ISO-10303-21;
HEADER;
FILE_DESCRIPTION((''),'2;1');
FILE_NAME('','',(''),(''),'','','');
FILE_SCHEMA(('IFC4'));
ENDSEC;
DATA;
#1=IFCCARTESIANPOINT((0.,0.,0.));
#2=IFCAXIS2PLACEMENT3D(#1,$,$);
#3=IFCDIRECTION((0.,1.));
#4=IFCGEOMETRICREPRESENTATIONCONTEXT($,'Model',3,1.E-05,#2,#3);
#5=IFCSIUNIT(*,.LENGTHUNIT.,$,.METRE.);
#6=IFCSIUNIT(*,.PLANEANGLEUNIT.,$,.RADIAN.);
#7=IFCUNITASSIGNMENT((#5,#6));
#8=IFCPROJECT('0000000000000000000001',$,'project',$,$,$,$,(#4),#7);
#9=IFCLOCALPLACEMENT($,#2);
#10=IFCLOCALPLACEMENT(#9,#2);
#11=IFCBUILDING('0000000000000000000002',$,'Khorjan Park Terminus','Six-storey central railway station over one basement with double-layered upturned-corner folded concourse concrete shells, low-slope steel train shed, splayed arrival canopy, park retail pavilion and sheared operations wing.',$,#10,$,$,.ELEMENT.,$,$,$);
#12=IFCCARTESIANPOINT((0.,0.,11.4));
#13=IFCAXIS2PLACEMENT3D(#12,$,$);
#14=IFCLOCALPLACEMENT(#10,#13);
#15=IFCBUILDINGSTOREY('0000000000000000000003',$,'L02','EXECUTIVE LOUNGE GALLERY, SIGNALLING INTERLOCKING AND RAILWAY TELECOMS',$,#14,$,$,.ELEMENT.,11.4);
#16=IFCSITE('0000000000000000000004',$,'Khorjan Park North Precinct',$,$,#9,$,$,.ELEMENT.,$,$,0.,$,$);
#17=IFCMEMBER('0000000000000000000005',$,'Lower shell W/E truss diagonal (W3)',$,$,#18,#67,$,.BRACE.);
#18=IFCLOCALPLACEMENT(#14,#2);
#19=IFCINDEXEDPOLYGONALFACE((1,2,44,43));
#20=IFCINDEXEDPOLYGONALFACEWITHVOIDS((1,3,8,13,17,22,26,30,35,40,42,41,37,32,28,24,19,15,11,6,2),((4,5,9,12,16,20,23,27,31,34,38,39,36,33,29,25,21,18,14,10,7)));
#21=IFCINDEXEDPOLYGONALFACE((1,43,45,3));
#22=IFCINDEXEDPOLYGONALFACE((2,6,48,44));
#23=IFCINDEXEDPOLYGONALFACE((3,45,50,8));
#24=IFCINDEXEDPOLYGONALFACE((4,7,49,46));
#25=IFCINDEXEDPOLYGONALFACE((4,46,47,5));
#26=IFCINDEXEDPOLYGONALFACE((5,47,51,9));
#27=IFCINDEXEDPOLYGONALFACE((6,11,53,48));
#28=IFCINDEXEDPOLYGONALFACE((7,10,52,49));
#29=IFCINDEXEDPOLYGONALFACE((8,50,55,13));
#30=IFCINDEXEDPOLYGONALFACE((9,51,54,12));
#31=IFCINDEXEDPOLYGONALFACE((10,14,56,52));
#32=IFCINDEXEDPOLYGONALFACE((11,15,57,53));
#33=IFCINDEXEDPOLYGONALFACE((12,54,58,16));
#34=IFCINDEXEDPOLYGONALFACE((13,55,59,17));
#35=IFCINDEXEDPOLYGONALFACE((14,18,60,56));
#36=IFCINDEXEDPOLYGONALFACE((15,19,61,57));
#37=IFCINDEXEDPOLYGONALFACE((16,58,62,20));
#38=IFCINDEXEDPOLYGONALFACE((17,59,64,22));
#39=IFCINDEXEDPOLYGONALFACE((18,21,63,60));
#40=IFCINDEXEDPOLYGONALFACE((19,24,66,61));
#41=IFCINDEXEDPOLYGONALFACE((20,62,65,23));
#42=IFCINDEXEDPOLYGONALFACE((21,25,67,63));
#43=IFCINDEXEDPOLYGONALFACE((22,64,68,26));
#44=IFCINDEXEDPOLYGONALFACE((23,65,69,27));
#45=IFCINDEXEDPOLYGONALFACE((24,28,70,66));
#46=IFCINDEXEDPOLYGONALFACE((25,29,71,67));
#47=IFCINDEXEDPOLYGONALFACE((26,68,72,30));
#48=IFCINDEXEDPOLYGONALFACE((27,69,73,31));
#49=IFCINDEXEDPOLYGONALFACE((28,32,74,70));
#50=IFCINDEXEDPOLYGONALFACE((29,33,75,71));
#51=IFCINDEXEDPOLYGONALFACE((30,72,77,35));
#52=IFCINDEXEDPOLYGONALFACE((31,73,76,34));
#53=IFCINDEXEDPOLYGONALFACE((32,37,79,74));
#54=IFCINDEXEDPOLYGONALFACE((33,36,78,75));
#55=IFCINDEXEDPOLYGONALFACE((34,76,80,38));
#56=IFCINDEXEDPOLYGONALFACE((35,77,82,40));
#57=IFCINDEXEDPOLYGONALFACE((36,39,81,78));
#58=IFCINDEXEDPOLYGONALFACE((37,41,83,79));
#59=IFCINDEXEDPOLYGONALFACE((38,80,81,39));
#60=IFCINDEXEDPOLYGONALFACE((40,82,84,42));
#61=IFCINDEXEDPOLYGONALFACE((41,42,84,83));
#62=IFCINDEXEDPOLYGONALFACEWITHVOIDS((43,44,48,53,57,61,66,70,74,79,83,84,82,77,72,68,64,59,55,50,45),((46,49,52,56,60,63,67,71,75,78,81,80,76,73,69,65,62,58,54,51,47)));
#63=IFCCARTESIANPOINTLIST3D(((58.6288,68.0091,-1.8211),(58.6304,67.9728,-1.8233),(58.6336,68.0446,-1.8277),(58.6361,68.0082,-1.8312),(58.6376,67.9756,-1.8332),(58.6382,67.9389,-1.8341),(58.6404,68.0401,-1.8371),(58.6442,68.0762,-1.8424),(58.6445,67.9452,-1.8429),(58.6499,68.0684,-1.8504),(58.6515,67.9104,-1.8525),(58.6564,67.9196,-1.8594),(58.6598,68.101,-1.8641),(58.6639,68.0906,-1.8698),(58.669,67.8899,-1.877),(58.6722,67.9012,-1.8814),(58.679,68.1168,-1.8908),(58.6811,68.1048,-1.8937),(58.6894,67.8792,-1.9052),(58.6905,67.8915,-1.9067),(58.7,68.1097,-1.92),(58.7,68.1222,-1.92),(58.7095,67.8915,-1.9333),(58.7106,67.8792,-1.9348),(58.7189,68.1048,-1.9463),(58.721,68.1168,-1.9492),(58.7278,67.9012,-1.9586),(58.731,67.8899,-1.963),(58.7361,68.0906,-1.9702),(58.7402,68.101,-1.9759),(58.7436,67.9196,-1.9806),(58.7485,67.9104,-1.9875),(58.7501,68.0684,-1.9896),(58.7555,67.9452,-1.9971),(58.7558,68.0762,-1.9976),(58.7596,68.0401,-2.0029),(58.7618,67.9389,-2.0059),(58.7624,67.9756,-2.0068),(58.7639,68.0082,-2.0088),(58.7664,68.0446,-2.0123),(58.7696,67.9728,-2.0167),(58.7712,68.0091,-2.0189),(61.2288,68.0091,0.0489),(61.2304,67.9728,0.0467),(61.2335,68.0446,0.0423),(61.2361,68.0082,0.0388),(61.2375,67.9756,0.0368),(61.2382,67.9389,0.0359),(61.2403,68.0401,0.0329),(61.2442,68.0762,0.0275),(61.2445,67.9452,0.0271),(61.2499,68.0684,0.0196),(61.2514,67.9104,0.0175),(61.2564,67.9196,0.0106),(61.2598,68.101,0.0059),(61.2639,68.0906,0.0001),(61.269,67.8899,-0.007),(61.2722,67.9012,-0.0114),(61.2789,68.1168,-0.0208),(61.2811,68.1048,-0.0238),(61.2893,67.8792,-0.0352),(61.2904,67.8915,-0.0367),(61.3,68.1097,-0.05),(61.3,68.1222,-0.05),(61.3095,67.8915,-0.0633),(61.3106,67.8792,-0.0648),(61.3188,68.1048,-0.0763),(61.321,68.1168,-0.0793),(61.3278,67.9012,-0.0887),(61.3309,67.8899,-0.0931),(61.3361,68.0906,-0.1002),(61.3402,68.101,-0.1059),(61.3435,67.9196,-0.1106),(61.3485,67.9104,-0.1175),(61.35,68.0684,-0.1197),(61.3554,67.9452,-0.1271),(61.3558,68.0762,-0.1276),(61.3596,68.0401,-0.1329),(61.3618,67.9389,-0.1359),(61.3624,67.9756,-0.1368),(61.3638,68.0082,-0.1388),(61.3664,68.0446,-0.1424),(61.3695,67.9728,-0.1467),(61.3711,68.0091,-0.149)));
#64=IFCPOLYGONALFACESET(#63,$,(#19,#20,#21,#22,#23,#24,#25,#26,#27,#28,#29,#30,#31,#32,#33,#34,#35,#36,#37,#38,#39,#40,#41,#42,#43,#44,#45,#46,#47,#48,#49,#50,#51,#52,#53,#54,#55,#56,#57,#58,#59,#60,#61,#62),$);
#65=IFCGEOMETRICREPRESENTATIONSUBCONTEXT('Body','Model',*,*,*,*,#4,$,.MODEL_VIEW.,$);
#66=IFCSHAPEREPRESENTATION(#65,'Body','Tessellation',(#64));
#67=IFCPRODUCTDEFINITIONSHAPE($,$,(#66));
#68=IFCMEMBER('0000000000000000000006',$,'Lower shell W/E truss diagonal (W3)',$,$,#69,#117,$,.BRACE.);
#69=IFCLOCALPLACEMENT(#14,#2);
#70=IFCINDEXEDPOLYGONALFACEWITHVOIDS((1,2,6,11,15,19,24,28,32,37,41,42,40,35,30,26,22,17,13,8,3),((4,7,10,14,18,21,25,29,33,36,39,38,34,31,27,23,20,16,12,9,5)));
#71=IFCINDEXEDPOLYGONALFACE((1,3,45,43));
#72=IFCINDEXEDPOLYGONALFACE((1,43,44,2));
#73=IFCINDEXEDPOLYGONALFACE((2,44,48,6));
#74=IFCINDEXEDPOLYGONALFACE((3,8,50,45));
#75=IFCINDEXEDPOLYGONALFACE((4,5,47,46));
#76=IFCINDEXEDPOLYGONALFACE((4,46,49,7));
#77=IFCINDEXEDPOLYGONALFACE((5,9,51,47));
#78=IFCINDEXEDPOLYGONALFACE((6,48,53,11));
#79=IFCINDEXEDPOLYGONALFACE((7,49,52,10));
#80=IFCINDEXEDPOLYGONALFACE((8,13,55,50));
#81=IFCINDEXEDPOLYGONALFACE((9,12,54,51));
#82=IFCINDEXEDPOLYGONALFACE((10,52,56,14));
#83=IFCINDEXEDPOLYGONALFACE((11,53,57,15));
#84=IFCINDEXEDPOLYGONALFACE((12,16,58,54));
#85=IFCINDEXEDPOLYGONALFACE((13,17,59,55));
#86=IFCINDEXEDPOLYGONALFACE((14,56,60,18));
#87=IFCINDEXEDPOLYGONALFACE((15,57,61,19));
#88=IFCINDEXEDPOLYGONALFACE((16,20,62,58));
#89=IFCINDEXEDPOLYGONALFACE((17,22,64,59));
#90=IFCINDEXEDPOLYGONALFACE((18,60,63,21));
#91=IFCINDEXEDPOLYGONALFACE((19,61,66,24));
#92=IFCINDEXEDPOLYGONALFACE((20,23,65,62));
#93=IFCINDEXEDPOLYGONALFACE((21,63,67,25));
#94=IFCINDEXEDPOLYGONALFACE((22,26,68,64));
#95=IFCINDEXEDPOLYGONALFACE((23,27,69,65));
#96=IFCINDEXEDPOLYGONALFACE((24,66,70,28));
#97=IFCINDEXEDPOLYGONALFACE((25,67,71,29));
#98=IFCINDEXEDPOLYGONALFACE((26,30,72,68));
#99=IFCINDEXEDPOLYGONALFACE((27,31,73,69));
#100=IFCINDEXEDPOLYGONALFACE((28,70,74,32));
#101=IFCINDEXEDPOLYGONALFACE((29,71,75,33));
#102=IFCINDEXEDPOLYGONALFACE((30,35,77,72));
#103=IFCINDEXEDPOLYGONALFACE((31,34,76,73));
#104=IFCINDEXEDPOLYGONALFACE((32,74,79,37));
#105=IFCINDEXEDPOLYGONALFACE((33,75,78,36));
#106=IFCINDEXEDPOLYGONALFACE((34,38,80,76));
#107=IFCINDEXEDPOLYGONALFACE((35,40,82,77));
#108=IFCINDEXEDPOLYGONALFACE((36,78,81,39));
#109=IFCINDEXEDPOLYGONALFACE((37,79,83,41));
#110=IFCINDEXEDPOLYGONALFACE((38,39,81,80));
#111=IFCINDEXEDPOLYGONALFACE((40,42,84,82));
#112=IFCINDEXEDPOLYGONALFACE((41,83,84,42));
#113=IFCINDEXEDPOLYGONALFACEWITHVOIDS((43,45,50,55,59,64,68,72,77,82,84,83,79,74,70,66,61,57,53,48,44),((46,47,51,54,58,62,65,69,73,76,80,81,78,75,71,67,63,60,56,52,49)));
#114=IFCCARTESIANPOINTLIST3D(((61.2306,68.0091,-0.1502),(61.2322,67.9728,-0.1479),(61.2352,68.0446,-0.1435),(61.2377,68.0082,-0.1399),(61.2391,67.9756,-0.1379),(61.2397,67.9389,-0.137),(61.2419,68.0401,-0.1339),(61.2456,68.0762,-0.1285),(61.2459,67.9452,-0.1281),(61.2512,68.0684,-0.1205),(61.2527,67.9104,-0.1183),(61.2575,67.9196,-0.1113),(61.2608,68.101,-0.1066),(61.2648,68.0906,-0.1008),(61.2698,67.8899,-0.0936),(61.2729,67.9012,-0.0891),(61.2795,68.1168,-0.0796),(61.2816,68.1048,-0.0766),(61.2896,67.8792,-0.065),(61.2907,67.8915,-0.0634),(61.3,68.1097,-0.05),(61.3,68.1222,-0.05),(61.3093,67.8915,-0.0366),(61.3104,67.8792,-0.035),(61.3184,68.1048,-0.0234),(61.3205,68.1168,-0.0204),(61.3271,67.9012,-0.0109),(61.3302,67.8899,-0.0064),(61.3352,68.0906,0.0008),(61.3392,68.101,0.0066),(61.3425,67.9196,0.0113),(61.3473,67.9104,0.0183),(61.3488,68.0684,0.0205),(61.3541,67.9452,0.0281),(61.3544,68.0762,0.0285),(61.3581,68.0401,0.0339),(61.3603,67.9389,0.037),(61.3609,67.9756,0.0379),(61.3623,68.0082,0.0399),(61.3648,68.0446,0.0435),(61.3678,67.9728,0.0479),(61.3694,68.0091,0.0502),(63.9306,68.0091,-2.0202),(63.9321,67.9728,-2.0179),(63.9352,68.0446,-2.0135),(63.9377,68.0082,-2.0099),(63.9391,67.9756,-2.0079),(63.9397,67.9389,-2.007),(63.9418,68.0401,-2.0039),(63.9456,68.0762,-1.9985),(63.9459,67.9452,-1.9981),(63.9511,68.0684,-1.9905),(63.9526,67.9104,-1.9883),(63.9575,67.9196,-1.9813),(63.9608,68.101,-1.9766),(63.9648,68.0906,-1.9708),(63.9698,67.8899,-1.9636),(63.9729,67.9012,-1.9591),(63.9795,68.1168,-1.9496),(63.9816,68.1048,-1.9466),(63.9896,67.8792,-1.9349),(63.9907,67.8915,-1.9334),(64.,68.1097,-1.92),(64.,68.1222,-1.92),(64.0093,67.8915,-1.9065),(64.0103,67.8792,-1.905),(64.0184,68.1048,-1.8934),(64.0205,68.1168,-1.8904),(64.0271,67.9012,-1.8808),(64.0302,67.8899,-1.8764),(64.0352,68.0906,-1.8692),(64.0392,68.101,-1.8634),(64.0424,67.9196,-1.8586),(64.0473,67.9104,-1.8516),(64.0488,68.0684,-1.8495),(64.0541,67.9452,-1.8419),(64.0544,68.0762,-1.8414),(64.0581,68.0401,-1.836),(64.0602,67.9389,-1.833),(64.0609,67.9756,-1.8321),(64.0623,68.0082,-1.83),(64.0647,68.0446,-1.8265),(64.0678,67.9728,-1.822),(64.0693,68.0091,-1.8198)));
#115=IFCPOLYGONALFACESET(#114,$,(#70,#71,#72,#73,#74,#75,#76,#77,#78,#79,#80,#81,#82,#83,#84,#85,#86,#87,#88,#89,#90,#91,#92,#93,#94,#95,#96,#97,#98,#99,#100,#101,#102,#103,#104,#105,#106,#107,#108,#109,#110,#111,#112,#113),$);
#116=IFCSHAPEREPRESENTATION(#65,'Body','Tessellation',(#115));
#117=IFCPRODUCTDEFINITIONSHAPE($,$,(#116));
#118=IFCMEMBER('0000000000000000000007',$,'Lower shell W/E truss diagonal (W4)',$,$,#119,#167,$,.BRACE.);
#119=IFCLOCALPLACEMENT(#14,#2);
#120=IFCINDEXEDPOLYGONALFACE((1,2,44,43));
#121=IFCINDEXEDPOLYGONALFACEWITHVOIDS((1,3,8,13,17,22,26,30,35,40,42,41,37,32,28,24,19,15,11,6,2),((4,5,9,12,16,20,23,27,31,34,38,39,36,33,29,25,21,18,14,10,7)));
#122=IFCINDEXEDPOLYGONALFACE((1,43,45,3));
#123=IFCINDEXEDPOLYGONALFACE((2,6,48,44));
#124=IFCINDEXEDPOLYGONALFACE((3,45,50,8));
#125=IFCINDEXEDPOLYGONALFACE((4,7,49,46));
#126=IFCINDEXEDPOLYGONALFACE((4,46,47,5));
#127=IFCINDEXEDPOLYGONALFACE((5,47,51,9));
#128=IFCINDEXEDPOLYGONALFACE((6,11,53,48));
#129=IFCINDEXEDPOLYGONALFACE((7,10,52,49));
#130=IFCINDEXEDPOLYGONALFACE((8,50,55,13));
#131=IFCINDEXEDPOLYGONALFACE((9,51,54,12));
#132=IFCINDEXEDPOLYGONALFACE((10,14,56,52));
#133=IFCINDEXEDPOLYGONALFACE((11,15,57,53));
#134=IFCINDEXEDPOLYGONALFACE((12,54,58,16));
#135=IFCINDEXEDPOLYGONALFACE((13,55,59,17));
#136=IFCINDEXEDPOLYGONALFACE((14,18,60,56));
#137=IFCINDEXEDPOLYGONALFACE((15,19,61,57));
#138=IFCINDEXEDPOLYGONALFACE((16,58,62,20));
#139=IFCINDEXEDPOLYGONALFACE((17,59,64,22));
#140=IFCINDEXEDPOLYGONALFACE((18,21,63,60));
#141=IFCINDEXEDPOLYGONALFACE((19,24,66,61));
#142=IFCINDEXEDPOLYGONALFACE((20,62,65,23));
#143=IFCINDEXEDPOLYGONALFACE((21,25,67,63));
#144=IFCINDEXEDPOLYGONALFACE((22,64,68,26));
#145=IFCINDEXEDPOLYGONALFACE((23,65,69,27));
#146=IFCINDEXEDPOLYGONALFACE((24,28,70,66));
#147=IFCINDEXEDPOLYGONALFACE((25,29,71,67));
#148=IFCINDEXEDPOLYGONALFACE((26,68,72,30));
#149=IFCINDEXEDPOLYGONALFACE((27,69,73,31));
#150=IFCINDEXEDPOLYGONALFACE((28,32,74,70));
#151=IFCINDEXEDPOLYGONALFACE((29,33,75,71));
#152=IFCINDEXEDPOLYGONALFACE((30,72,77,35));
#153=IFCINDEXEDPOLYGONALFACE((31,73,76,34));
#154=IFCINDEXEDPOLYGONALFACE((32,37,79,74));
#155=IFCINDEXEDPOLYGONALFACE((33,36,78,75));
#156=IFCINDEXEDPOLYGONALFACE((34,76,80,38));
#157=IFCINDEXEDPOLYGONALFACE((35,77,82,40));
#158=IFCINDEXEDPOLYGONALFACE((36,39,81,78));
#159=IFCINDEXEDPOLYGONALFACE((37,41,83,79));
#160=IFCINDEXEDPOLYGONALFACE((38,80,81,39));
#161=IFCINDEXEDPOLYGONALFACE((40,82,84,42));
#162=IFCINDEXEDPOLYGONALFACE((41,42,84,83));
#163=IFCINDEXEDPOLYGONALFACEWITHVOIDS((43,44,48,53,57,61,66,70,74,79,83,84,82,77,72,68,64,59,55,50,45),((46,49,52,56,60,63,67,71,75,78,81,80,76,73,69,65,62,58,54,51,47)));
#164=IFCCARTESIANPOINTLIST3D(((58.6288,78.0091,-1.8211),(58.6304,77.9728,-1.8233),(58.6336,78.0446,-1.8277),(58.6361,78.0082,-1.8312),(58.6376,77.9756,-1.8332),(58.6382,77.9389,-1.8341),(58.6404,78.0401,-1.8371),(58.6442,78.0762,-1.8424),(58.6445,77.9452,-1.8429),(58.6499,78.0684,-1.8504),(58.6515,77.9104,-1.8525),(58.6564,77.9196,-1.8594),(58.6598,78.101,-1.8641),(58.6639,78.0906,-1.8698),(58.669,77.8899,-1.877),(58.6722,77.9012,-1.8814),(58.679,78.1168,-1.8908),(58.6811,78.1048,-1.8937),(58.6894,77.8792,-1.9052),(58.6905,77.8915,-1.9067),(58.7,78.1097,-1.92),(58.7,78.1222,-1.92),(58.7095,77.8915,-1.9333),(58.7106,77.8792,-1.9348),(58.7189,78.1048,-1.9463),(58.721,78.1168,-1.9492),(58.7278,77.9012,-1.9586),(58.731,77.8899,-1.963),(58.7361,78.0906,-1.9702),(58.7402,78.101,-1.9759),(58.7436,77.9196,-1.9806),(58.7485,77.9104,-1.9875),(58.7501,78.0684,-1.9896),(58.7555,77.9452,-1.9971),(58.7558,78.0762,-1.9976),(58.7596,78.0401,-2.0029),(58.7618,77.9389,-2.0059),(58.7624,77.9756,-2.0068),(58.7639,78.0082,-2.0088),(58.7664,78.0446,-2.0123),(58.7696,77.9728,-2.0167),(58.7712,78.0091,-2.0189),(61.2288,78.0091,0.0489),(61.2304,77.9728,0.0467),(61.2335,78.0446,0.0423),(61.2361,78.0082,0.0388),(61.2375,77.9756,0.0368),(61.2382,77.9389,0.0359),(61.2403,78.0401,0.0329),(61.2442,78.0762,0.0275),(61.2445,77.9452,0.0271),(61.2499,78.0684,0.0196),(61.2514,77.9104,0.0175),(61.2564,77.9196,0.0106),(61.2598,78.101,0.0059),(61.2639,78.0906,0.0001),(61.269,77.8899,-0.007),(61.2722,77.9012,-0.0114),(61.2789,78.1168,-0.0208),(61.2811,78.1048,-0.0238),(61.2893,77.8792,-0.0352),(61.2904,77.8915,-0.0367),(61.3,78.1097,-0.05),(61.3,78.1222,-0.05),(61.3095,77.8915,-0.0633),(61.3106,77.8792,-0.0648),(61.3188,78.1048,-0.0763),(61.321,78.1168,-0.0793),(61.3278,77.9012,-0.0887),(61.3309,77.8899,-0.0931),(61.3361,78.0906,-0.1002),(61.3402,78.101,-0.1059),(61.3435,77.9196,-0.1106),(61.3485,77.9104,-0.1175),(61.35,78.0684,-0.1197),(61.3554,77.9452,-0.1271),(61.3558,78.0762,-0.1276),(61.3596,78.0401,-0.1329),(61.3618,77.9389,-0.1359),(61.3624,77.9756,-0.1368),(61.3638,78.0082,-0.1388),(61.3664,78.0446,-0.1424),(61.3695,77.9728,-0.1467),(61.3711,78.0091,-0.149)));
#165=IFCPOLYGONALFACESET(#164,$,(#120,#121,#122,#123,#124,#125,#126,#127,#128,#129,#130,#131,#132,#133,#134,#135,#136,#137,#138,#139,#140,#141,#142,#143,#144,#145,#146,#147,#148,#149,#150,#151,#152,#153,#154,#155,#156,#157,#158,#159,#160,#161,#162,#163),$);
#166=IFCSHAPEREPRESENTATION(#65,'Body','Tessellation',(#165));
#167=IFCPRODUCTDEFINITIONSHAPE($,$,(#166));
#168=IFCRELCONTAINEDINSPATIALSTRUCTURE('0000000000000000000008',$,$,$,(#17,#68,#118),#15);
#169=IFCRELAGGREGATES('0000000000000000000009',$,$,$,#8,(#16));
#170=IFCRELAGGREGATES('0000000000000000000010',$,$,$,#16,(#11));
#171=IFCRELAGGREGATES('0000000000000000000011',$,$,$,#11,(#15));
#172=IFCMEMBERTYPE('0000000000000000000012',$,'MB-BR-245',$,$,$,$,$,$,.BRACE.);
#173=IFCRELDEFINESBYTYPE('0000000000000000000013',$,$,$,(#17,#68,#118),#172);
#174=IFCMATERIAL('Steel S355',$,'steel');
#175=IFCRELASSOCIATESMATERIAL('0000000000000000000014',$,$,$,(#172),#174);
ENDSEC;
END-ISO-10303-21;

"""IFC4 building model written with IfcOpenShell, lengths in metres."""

from ifc_helpers import new_model, si_unit, direction, frame, origin, origin_2d, place, context, subcontext, project, spatial, hollow_circle, extrude, material, material_profile, profile_set, type_object, element, save


model = new_model("IFC4")

# Units and contexts
model_context = context("Model", 3, precision=1e-05, world=origin(), true_north=direction((0.0, 1.0)))
body_context = subcontext(model_context, "Body", "Model", "MODEL_VIEW")
ifc_project = project(units=[si_unit("LENGTHUNIT", "METRE"), si_unit("PLANEANGLEUNIT", "RADIAN")], contexts=[model_context])

# Site, building, storey
site_placement = place(None, origin())
site = spatial("IfcSite", under=ifc_project, at=site_placement, Name="Khorjan Park North Precinct", CompositionType="ELEMENT", RefElevation=0.0)
building_placement = place(site_placement, origin())
building = spatial("IfcBuilding", under=site, at=building_placement, Name="Khorjan Park Terminus", Description="Six-storey central railway station over one basement with double-layered upturned-corner folded concourse concrete shells, low-slope steel train shed, splayed arrival canopy, park retail pavilion and sheared operations wing.", CompositionType="ELEMENT")
storey_placement = place(building_placement, frame((0.0, 0.0, 11.4)))
storey = spatial("IfcBuildingStorey", under=building, at=storey_placement, Name="L02", Description="EXECUTIVE LOUNGE GALLERY, SIGNALLING INTERLOCKING AND RAILWAY TELECOMS", CompositionType="ELEMENT", Elevation=11.4)

# Shared definitions
ifc_material = material(Name="Steel S355", Category="steel")

# Members
ifc_material_profile_1 = material_profile(ifc_material, hollow_circle(Radius=0.1222, WallThickness=0.0125, at=origin_2d()), Name="CHS 244.5x12.5")
ifc_profile_set_1 = profile_set([ifc_material_profile_1], Name="Steel S355")
member_type_1 = type_object("IfcMemberType", Name="MB-BR-245", PredefinedType="BRACE", material=ifc_profile_set_1)
member_1_placement = place(storey_placement, frame((58.7, 68.0, -1.92), z_axis=(0.81183, 0.0, 0.583893), x_axis=(0.0, 1.0, 0.0)))
element("IfcMember", 1, at=member_1_placement, inside=storey, type_object=member_type_1, Name="Lower shell W/E truss diagonal (W3)", PredefinedType="BRACE", context=body_context, shape_type="SweptSolid", body=[
    extrude(hollow_circle(Radius=0.1222, WallThickness=0.0125, at=origin_2d()), origin(), (0.0, 0.0, 1.0), 3.2026),
])
member_2_placement = place(storey_placement, frame((61.3, 68.0, -0.05), z_axis=(0.822083, 0.0, -0.569368), x_axis=(0.0, 1.0, 0.0)))
element("IfcMember", 2, at=member_2_placement, inside=storey, type_object=member_type_1, Name="Lower shell W/E truss diagonal (W3)", PredefinedType="BRACE", context=body_context, shape_type="SweptSolid", body=[
    extrude(hollow_circle(Radius=0.1222, WallThickness=0.0125, at=origin_2d()), origin(), (0.0, 0.0, 1.0), 3.2843),
])
member_3_placement = place(storey_placement, frame((58.7, 78.0, -1.92), z_axis=(0.81183, 0.0, 0.583893), x_axis=(0.0, 1.0, 0.0)))
element("IfcMember", 3, at=member_3_placement, inside=storey, type_object=member_type_1, Name="Lower shell W/E truss diagonal (W4)", PredefinedType="BRACE", context=body_context, shape_type="SweptSolid", body=[
    extrude(hollow_circle(Radius=0.1222, WallThickness=0.0125, at=origin_2d()), origin(), (0.0, 0.0, 1.0), 3.2026),
])

save(model, "model.ifc")
